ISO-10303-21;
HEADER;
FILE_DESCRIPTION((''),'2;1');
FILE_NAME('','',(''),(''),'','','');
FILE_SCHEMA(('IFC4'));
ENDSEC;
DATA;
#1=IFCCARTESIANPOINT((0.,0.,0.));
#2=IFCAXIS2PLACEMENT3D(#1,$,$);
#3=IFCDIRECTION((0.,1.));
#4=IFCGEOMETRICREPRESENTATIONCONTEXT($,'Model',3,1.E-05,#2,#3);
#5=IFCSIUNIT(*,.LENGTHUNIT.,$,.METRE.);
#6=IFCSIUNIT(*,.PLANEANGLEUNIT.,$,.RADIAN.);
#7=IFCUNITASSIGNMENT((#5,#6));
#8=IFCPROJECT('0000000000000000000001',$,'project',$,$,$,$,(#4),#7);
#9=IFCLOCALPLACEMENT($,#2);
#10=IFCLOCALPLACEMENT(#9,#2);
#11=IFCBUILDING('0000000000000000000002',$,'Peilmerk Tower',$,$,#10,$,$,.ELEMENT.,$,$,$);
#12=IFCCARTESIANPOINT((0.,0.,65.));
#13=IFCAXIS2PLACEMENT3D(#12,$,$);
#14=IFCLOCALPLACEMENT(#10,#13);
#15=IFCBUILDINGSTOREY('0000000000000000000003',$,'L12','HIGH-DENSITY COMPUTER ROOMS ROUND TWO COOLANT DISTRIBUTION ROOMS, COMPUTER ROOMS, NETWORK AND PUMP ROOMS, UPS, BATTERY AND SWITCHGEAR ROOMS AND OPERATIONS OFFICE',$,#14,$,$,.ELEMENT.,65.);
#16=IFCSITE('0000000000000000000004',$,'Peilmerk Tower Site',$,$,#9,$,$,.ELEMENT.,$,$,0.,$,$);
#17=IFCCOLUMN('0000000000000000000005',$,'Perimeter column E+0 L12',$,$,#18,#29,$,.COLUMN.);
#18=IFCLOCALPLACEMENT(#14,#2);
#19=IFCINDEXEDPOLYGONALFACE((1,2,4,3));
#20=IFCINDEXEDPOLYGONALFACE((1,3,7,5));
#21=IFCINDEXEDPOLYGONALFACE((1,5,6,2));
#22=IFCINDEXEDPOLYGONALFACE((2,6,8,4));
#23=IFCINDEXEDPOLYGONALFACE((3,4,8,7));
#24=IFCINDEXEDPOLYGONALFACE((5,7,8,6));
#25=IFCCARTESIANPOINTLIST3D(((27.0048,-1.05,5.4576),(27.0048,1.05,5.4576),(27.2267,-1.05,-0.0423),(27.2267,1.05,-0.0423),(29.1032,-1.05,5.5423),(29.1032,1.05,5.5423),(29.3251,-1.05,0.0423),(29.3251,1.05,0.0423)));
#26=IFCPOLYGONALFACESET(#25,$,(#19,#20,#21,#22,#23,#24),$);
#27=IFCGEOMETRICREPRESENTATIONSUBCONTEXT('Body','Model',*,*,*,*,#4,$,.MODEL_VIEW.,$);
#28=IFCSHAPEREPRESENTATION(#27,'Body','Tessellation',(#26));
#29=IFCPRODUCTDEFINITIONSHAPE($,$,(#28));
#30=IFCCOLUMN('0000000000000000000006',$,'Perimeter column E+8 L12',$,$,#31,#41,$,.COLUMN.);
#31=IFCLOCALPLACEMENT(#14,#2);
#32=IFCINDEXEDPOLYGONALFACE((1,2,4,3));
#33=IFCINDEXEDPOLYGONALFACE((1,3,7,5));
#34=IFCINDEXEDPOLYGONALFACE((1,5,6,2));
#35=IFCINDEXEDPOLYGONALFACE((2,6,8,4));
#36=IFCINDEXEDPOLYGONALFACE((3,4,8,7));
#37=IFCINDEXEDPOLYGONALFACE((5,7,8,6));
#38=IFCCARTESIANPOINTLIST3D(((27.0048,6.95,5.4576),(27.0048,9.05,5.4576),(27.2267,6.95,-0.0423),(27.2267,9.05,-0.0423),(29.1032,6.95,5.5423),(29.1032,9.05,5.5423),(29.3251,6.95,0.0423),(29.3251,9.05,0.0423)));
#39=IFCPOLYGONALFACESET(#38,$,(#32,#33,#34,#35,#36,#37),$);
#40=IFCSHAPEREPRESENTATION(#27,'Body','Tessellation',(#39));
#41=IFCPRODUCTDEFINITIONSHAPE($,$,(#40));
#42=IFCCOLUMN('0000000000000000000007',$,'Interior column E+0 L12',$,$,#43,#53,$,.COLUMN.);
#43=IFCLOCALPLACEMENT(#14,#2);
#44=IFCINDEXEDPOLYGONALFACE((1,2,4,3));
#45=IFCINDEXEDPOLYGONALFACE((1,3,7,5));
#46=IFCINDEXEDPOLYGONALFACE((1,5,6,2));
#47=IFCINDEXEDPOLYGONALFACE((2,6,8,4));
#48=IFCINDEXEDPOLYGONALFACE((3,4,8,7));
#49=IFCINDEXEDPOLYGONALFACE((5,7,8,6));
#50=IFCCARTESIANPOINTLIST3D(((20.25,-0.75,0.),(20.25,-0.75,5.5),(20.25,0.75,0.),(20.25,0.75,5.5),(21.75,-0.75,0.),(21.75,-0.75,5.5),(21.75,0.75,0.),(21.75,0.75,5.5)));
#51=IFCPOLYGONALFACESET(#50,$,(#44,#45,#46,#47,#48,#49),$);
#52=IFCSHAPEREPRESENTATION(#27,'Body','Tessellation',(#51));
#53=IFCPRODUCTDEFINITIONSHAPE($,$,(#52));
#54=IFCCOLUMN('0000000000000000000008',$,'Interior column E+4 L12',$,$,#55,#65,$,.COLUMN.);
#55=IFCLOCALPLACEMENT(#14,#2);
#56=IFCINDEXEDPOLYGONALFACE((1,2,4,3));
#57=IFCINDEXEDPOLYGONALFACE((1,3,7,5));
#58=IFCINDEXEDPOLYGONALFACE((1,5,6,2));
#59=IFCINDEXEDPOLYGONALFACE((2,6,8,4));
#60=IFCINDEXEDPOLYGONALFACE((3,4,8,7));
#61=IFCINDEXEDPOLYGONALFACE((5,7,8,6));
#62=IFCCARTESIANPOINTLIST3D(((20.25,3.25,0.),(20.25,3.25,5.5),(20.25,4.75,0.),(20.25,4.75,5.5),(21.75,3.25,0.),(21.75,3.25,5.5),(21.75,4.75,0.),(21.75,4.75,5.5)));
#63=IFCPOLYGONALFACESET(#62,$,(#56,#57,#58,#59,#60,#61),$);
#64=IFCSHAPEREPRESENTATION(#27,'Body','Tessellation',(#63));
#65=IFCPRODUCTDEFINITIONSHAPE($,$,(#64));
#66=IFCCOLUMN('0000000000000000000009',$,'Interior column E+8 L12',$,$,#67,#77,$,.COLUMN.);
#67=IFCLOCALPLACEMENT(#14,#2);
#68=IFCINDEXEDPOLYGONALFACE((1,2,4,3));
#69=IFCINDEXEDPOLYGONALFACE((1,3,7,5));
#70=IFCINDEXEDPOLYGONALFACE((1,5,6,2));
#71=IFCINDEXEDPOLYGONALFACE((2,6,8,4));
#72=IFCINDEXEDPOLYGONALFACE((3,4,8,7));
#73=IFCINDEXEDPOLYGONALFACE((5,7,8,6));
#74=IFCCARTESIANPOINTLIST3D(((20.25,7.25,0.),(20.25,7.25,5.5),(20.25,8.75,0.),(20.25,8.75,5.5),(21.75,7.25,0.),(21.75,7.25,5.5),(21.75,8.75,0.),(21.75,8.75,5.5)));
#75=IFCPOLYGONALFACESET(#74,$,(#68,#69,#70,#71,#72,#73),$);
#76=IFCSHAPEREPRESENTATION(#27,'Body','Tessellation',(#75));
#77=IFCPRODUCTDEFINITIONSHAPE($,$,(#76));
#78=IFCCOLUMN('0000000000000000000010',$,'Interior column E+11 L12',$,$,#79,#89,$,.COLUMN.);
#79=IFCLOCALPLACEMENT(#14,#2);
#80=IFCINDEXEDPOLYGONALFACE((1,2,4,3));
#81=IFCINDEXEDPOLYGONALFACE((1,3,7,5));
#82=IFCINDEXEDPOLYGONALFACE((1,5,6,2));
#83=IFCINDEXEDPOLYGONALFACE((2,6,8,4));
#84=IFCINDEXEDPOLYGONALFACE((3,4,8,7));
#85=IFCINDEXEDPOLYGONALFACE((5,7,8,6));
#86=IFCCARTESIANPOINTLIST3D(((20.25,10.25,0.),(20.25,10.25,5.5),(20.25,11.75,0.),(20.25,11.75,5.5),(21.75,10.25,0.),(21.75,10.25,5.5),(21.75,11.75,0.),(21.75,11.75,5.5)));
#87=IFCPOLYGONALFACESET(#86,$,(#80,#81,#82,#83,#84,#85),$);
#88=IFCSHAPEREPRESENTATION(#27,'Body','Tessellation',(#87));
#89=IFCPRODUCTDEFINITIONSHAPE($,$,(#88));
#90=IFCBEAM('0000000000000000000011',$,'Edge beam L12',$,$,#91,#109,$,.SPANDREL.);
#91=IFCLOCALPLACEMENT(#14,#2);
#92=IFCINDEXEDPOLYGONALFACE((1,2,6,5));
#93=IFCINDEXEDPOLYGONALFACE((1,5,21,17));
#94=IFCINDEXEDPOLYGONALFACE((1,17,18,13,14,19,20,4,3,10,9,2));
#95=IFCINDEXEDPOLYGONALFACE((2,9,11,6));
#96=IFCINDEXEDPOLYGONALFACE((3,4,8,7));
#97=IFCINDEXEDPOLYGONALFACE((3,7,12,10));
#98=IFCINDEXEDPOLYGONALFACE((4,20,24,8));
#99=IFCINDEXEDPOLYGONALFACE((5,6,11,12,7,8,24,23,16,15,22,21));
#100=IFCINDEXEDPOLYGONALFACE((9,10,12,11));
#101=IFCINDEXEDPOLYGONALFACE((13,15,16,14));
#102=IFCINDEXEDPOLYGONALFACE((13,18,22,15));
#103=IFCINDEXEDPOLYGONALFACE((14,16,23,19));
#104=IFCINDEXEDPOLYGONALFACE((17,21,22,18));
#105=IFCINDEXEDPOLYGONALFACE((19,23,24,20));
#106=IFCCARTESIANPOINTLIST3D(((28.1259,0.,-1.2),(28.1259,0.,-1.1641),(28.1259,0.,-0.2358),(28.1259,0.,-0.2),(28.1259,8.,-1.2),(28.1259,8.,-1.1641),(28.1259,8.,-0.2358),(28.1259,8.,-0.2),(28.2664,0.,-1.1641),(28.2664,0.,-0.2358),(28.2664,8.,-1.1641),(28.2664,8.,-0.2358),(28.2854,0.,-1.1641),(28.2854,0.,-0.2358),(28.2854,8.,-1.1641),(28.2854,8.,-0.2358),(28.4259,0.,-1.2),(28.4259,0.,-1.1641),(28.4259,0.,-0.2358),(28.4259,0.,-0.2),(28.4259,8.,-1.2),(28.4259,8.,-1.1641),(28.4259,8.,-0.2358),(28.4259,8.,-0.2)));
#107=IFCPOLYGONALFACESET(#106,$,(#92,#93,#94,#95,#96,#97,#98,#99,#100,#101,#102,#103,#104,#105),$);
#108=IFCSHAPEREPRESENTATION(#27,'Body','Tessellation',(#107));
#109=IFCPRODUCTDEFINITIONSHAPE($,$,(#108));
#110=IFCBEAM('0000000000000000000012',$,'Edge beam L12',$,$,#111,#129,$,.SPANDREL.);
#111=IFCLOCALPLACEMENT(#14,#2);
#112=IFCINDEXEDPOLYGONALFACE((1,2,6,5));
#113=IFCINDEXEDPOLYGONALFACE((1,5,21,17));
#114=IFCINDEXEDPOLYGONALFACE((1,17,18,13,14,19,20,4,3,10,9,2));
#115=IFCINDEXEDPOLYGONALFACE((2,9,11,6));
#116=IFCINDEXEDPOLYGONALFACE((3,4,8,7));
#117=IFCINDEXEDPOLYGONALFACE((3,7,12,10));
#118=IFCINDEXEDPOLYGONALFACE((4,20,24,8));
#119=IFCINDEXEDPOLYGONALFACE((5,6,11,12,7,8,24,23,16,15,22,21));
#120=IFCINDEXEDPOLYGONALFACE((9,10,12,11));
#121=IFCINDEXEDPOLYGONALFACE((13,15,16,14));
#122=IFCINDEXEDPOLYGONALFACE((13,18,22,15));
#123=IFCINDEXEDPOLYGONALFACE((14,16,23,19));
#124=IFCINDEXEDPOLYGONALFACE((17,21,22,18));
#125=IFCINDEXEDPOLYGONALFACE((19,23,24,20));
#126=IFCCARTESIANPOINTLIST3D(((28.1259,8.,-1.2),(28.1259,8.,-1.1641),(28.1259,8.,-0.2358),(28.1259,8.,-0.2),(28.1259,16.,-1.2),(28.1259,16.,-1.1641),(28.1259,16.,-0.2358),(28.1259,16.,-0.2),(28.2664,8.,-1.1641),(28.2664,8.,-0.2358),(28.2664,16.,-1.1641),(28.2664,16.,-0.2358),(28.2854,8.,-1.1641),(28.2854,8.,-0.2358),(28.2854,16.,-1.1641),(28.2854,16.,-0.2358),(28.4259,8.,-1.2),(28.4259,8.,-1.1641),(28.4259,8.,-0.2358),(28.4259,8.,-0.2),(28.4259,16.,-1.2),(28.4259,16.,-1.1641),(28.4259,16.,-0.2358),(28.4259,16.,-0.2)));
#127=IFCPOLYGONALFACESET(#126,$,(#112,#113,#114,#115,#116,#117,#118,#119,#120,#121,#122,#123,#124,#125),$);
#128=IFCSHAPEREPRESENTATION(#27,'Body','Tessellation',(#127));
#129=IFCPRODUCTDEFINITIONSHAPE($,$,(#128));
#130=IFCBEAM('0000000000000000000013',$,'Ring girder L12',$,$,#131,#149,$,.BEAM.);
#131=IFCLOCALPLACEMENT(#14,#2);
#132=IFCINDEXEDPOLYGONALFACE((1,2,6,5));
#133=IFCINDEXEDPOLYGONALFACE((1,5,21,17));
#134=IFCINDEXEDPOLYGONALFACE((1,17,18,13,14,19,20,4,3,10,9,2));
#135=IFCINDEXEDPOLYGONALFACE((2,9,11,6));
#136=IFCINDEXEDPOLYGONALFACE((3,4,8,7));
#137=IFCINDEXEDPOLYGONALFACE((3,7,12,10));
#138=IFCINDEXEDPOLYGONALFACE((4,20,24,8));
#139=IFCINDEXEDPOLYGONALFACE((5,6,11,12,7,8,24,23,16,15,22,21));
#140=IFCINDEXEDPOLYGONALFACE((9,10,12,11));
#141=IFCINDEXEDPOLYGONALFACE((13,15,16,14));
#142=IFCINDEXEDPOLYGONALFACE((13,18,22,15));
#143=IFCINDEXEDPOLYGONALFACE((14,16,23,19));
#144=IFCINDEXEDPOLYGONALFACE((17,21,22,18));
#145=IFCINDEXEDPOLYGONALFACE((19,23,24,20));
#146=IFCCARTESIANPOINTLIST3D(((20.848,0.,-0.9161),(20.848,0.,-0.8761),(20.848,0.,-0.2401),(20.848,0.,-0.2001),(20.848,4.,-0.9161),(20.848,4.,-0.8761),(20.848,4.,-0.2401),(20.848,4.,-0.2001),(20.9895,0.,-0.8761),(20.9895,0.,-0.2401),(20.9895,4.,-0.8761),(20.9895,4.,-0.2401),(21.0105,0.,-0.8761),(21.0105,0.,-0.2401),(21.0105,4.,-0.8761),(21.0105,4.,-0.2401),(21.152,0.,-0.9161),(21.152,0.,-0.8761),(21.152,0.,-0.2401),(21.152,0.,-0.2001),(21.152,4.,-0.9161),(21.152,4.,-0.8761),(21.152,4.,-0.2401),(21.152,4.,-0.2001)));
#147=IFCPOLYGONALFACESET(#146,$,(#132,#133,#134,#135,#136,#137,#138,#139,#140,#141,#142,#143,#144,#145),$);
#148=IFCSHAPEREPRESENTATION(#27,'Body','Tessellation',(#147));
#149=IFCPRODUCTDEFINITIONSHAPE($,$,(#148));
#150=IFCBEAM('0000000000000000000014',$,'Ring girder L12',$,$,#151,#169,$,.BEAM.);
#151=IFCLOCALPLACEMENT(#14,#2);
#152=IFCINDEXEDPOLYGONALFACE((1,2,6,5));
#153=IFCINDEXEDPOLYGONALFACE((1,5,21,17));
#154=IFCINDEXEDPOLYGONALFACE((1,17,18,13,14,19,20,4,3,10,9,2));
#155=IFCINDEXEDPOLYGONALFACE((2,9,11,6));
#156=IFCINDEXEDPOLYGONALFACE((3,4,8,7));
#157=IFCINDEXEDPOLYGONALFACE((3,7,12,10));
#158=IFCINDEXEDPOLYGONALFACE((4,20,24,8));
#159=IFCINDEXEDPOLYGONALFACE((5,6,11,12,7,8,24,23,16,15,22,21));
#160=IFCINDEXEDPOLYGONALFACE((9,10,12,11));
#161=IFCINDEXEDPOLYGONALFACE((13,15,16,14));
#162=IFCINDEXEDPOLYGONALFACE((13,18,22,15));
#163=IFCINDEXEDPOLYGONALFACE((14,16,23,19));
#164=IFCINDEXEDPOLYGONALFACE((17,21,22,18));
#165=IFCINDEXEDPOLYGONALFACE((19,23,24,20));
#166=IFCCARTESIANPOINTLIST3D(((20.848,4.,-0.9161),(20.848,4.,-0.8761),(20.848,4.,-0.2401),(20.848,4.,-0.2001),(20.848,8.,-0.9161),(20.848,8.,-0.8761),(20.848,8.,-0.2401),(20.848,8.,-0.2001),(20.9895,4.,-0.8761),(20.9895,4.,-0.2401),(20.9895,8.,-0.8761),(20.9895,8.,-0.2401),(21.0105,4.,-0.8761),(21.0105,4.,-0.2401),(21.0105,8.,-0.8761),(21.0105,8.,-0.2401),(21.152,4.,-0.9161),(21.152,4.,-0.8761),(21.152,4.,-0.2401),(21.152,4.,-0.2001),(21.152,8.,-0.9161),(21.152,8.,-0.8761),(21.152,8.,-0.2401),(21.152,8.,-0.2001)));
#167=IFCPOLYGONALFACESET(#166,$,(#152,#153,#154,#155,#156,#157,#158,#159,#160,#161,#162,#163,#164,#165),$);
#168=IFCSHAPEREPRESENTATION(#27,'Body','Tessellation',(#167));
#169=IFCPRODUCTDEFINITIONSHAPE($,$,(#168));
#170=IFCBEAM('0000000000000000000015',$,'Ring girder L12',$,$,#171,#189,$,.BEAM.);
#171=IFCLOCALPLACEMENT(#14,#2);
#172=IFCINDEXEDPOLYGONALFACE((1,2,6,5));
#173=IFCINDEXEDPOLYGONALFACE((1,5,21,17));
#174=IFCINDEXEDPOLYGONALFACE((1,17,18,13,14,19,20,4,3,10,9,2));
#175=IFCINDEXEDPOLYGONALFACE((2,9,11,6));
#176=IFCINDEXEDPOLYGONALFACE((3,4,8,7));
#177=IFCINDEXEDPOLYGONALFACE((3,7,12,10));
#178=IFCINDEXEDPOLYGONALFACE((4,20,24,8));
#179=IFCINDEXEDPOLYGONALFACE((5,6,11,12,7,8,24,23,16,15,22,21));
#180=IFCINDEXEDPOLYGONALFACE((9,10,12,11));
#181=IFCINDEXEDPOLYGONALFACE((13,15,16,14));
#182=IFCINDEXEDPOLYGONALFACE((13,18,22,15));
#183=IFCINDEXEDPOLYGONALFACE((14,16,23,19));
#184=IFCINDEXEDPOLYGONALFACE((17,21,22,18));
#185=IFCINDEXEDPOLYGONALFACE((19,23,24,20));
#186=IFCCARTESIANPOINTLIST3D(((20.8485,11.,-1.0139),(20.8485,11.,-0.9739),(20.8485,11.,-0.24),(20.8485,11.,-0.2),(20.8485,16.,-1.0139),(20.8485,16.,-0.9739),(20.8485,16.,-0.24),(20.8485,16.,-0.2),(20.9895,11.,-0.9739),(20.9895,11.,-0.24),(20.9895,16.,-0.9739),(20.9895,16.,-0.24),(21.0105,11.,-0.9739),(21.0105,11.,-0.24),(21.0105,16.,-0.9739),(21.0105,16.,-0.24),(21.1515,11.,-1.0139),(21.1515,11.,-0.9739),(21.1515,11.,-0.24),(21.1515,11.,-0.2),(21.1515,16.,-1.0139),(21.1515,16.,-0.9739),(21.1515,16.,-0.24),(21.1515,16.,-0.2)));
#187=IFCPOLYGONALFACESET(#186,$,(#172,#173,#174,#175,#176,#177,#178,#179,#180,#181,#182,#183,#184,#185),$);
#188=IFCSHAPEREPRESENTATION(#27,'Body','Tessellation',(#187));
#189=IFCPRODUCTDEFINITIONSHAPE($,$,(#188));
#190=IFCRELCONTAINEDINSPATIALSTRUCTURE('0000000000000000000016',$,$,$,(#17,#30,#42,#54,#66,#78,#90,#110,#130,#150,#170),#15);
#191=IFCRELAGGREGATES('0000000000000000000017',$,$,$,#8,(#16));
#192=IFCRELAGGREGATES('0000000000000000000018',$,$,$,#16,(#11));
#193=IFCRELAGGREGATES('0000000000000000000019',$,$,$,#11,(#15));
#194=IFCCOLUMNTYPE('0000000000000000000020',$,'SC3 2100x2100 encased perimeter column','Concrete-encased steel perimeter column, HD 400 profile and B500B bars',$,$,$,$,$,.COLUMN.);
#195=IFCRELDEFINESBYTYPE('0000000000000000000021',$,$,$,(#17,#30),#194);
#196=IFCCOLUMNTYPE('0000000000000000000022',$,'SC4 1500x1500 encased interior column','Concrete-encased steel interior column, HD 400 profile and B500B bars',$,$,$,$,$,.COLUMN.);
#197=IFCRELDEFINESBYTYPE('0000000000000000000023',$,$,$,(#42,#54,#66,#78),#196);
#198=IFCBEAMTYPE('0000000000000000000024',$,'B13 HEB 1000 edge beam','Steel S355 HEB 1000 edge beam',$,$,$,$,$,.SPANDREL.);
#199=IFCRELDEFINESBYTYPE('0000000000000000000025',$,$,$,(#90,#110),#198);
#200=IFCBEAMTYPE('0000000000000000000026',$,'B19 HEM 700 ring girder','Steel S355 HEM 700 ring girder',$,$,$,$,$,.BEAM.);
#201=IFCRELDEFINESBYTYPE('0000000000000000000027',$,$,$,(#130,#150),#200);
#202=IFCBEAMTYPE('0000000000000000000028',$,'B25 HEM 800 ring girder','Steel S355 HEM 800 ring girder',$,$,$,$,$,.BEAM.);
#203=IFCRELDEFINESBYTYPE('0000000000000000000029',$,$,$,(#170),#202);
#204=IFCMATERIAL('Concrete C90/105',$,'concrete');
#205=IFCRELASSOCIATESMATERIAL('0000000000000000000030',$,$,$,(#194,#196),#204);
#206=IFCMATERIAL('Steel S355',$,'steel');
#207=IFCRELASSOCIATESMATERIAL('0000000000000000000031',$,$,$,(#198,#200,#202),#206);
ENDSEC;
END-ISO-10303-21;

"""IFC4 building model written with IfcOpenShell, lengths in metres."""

from ifc_helpers import new_model, si_unit, direction, frame, origin, origin_2d, place, context, subcontext, project, spatial, rectangle, i_section, extrude, material, material_profile, profile_set, type_object, element, save


model = new_model("IFC4")

# Units and contexts
model_context = context("Model", 3, precision=1e-05, world=origin(), true_north=direction((0.0, 1.0)))
body_context = subcontext(model_context, "Body", "Model", "MODEL_VIEW")
ifc_project = project(units=[si_unit("LENGTHUNIT", "METRE"), si_unit("PLANEANGLEUNIT", "RADIAN")], contexts=[model_context])

# Site, building, storey
site_placement = place(None, origin())
site = spatial("IfcSite", under=ifc_project, at=site_placement, Name="Peilmerk Tower Site", CompositionType="ELEMENT", RefElevation=0.0)
building_placement = place(site_placement, origin())
building = spatial("IfcBuilding", under=site, at=building_placement, Name="Peilmerk Tower", CompositionType="ELEMENT")
storey_placement = place(building_placement, frame((0.0, 0.0, 65.0)))
storey = spatial("IfcBuildingStorey", under=building, at=storey_placement, Name="L12", Description="HIGH-DENSITY COMPUTER ROOMS ROUND TWO COOLANT DISTRIBUTION ROOMS, COMPUTER ROOMS, NETWORK AND PUMP ROOMS, UPS, BATTERY AND SWITCHGEAR ROOMS AND OPERATIONS OFFICE", CompositionType="ELEMENT", Elevation=65.0)

# Columns
ifc_material_1 = material(Name="Concrete C90/105", Category="concrete")
ifc_material_profile_1 = material_profile(ifc_material_1, rectangle(XDim=2.1001, YDim=2.1001, at=origin_2d()), Name="RC 2100x2100")
ifc_profile_set_1 = profile_set([ifc_material_profile_1], Name="Concrete C90/105")
column_type_1 = type_object("IfcColumnType", Name="SC3 2100x2100 encased perimeter column", Description="Concrete-encased steel perimeter column, HD 400 profile and B500B bars", PredefinedType="COLUMN", material=ifc_profile_set_1)
for number, where, z_axis, x_axis, name in (
    (1, (28.2759, 0.0, 0.0), (-0.040317, 0.0, 0.999187), (0.0, -1.0, 0.0), "Perimeter column E+0 L12"),
    (2, (28.2759, 8.0, 0.0), (-0.040317, 0.0, 0.999187), (0.0, -1.0, 0.0), "Perimeter column E+8 L12"),
):
    element("IfcColumn", number, at=place(storey_placement, frame(where, z_axis=z_axis, x_axis=x_axis)), inside=storey, type_object=column_type_1, Name=name, PredefinedType="COLUMN", context=body_context, shape_type="SweptSolid", body=[
        extrude(rectangle(XDim=2.1001, YDim=2.1001, at=origin_2d()), origin(), (0.0, 0.0, 1.0), 5.5044),
    ])
ifc_material_profile_2 = material_profile(ifc_material_1, rectangle(XDim=1.5, YDim=1.5, at=origin_2d()), Name="RC 1500x1500")
ifc_profile_set_2 = profile_set([ifc_material_profile_2], Name="Concrete C90/105")
column_type_2 = type_object("IfcColumnType", Name="SC4 1500x1500 encased interior column", Description="Concrete-encased steel interior column, HD 400 profile and B500B bars", PredefinedType="COLUMN", material=ifc_profile_set_2)
for number, where, z_axis, x_axis, name in (
    (3, (21.0, 0.0, 0.0), (0.0, 0.0, 1.0), (1.0, 0.0, 0.0), "Interior column E+0 L12"),
    (4, (21.0, 4.0, 0.0), (0.0, 0.0, 1.0), (1.0, 0.0, 0.0), "Interior column E+4 L12"),
    (5, (21.0, 8.0, 0.0), (0.0, 0.0, 1.0), (1.0, 0.0, 0.0), "Interior column E+8 L12"),
    (6, (21.0, 11.0, 0.0), (0.0, 0.0, 1.0), (1.0, 0.0, 0.0), "Interior column E+11 L12"),
):
    element("IfcColumn", number, at=place(storey_placement, frame(where, z_axis=z_axis, x_axis=x_axis)), inside=storey, type_object=column_type_2, Name=name, PredefinedType="COLUMN", context=body_context, shape_type="SweptSolid", body=[
        extrude(rectangle(XDim=1.5, YDim=1.5, at=origin_2d()), origin(), (0.0, 0.0, 1.0), 5.5),
    ])

# Beams
ifc_material_2 = material(Name="Steel S355", Category="steel")
ifc_material_profile_3 = material_profile(ifc_material_2, i_section(OverallWidth=0.3, OverallDepth=1.0, WebThickness=0.019, FlangeThickness=0.0359, at=origin_2d()), Name="HEB 1000")
ifc_profile_set_3 = profile_set([ifc_material_profile_3], Name="Steel S355")
beam_type_1 = type_object("IfcBeamType", Name="B13 HEB 1000 edge beam", Description="Steel S355 HEB 1000 edge beam", PredefinedType="SPANDREL", material=ifc_profile_set_3)
for number, where, z_axis, x_axis, name in (
    (7, (28.2759, 0.0, -0.7), (0.0, 1.0, 0.0), (-1.0, 0.0, 0.0), "Edge beam L12"),
    (8, (28.2759, 8.0, -0.7), (0.0, 1.0, 0.0), (-1.0, 0.0, 0.0), "Edge beam L12"),
):
    element("IfcBeam", number, at=place(storey_placement, frame(where, z_axis=z_axis, x_axis=x_axis)), inside=storey, type_object=beam_type_1, Name=name, PredefinedType="SPANDREL", context=body_context, shape_type="SweptSolid", body=[
        extrude(i_section(OverallWidth=0.3, OverallDepth=1.0, WebThickness=0.019, FlangeThickness=0.0359, at=origin_2d()), origin(), (0.0, 0.0, 1.0), 8.0),
    ])
ifc_material_profile_4 = material_profile(ifc_material_2, i_section(OverallWidth=0.304, OverallDepth=0.7161, WebThickness=0.021, FlangeThickness=0.04, at=origin_2d()), Name="HEM 700")
ifc_profile_set_4 = profile_set([ifc_material_profile_4], Name="Steel S355")
beam_type_2 = type_object("IfcBeamType", Name="B19 HEM 700 ring girder", Description="Steel S355 HEM 700 ring girder", PredefinedType="BEAM", material=ifc_profile_set_4)
for number, where, z_axis, x_axis, name in (
    (9, (21.0, 0.0, -0.5581), (0.0, 1.0, 0.0), (-1.0, 0.0, 0.0), "Ring girder L12"),
    (10, (21.0, 4.0, -0.5581), (0.0, 1.0, 0.0), (-1.0, 0.0, 0.0), "Ring girder L12"),
):
    element("IfcBeam", number, at=place(storey_placement, frame(where, z_axis=z_axis, x_axis=x_axis)), inside=storey, type_object=beam_type_2, Name=name, PredefinedType="BEAM", context=body_context, shape_type="SweptSolid", body=[
        extrude(i_section(OverallWidth=0.304, OverallDepth=0.7161, WebThickness=0.021, FlangeThickness=0.04, at=origin_2d()), origin(), (0.0, 0.0, 1.0), 4.0),
    ])
ifc_material_profile_5 = material_profile(ifc_material_2, i_section(OverallWidth=0.303, OverallDepth=0.814, WebThickness=0.021, FlangeThickness=0.04, at=origin_2d()), Name="HEM 800")
ifc_profile_set_5 = profile_set([ifc_material_profile_5], Name="Steel S355")
beam_type_3 = type_object("IfcBeamType", Name="B25 HEM 800 ring girder", Description="Steel S355 HEM 800 ring girder", PredefinedType="BEAM", material=ifc_profile_set_5)
beam_1_placement = place(storey_placement, frame((21.0, 11.0, -0.6069), z_axis=(0.0, 1.0, 0.0), x_axis=(-1.0, 0.0, 0.0)))
element("IfcBeam", 11, at=beam_1_placement, inside=storey, type_object=beam_type_3, Name="Ring girder L12", PredefinedType="BEAM", context=body_context, shape_type="SweptSolid", body=[
    extrude(i_section(OverallWidth=0.303, OverallDepth=0.814, WebThickness=0.021, FlangeThickness=0.04, at=origin_2d()), origin(), (0.0, 0.0, 1.0), 5.0),
])

save(model, "model.ifc")
